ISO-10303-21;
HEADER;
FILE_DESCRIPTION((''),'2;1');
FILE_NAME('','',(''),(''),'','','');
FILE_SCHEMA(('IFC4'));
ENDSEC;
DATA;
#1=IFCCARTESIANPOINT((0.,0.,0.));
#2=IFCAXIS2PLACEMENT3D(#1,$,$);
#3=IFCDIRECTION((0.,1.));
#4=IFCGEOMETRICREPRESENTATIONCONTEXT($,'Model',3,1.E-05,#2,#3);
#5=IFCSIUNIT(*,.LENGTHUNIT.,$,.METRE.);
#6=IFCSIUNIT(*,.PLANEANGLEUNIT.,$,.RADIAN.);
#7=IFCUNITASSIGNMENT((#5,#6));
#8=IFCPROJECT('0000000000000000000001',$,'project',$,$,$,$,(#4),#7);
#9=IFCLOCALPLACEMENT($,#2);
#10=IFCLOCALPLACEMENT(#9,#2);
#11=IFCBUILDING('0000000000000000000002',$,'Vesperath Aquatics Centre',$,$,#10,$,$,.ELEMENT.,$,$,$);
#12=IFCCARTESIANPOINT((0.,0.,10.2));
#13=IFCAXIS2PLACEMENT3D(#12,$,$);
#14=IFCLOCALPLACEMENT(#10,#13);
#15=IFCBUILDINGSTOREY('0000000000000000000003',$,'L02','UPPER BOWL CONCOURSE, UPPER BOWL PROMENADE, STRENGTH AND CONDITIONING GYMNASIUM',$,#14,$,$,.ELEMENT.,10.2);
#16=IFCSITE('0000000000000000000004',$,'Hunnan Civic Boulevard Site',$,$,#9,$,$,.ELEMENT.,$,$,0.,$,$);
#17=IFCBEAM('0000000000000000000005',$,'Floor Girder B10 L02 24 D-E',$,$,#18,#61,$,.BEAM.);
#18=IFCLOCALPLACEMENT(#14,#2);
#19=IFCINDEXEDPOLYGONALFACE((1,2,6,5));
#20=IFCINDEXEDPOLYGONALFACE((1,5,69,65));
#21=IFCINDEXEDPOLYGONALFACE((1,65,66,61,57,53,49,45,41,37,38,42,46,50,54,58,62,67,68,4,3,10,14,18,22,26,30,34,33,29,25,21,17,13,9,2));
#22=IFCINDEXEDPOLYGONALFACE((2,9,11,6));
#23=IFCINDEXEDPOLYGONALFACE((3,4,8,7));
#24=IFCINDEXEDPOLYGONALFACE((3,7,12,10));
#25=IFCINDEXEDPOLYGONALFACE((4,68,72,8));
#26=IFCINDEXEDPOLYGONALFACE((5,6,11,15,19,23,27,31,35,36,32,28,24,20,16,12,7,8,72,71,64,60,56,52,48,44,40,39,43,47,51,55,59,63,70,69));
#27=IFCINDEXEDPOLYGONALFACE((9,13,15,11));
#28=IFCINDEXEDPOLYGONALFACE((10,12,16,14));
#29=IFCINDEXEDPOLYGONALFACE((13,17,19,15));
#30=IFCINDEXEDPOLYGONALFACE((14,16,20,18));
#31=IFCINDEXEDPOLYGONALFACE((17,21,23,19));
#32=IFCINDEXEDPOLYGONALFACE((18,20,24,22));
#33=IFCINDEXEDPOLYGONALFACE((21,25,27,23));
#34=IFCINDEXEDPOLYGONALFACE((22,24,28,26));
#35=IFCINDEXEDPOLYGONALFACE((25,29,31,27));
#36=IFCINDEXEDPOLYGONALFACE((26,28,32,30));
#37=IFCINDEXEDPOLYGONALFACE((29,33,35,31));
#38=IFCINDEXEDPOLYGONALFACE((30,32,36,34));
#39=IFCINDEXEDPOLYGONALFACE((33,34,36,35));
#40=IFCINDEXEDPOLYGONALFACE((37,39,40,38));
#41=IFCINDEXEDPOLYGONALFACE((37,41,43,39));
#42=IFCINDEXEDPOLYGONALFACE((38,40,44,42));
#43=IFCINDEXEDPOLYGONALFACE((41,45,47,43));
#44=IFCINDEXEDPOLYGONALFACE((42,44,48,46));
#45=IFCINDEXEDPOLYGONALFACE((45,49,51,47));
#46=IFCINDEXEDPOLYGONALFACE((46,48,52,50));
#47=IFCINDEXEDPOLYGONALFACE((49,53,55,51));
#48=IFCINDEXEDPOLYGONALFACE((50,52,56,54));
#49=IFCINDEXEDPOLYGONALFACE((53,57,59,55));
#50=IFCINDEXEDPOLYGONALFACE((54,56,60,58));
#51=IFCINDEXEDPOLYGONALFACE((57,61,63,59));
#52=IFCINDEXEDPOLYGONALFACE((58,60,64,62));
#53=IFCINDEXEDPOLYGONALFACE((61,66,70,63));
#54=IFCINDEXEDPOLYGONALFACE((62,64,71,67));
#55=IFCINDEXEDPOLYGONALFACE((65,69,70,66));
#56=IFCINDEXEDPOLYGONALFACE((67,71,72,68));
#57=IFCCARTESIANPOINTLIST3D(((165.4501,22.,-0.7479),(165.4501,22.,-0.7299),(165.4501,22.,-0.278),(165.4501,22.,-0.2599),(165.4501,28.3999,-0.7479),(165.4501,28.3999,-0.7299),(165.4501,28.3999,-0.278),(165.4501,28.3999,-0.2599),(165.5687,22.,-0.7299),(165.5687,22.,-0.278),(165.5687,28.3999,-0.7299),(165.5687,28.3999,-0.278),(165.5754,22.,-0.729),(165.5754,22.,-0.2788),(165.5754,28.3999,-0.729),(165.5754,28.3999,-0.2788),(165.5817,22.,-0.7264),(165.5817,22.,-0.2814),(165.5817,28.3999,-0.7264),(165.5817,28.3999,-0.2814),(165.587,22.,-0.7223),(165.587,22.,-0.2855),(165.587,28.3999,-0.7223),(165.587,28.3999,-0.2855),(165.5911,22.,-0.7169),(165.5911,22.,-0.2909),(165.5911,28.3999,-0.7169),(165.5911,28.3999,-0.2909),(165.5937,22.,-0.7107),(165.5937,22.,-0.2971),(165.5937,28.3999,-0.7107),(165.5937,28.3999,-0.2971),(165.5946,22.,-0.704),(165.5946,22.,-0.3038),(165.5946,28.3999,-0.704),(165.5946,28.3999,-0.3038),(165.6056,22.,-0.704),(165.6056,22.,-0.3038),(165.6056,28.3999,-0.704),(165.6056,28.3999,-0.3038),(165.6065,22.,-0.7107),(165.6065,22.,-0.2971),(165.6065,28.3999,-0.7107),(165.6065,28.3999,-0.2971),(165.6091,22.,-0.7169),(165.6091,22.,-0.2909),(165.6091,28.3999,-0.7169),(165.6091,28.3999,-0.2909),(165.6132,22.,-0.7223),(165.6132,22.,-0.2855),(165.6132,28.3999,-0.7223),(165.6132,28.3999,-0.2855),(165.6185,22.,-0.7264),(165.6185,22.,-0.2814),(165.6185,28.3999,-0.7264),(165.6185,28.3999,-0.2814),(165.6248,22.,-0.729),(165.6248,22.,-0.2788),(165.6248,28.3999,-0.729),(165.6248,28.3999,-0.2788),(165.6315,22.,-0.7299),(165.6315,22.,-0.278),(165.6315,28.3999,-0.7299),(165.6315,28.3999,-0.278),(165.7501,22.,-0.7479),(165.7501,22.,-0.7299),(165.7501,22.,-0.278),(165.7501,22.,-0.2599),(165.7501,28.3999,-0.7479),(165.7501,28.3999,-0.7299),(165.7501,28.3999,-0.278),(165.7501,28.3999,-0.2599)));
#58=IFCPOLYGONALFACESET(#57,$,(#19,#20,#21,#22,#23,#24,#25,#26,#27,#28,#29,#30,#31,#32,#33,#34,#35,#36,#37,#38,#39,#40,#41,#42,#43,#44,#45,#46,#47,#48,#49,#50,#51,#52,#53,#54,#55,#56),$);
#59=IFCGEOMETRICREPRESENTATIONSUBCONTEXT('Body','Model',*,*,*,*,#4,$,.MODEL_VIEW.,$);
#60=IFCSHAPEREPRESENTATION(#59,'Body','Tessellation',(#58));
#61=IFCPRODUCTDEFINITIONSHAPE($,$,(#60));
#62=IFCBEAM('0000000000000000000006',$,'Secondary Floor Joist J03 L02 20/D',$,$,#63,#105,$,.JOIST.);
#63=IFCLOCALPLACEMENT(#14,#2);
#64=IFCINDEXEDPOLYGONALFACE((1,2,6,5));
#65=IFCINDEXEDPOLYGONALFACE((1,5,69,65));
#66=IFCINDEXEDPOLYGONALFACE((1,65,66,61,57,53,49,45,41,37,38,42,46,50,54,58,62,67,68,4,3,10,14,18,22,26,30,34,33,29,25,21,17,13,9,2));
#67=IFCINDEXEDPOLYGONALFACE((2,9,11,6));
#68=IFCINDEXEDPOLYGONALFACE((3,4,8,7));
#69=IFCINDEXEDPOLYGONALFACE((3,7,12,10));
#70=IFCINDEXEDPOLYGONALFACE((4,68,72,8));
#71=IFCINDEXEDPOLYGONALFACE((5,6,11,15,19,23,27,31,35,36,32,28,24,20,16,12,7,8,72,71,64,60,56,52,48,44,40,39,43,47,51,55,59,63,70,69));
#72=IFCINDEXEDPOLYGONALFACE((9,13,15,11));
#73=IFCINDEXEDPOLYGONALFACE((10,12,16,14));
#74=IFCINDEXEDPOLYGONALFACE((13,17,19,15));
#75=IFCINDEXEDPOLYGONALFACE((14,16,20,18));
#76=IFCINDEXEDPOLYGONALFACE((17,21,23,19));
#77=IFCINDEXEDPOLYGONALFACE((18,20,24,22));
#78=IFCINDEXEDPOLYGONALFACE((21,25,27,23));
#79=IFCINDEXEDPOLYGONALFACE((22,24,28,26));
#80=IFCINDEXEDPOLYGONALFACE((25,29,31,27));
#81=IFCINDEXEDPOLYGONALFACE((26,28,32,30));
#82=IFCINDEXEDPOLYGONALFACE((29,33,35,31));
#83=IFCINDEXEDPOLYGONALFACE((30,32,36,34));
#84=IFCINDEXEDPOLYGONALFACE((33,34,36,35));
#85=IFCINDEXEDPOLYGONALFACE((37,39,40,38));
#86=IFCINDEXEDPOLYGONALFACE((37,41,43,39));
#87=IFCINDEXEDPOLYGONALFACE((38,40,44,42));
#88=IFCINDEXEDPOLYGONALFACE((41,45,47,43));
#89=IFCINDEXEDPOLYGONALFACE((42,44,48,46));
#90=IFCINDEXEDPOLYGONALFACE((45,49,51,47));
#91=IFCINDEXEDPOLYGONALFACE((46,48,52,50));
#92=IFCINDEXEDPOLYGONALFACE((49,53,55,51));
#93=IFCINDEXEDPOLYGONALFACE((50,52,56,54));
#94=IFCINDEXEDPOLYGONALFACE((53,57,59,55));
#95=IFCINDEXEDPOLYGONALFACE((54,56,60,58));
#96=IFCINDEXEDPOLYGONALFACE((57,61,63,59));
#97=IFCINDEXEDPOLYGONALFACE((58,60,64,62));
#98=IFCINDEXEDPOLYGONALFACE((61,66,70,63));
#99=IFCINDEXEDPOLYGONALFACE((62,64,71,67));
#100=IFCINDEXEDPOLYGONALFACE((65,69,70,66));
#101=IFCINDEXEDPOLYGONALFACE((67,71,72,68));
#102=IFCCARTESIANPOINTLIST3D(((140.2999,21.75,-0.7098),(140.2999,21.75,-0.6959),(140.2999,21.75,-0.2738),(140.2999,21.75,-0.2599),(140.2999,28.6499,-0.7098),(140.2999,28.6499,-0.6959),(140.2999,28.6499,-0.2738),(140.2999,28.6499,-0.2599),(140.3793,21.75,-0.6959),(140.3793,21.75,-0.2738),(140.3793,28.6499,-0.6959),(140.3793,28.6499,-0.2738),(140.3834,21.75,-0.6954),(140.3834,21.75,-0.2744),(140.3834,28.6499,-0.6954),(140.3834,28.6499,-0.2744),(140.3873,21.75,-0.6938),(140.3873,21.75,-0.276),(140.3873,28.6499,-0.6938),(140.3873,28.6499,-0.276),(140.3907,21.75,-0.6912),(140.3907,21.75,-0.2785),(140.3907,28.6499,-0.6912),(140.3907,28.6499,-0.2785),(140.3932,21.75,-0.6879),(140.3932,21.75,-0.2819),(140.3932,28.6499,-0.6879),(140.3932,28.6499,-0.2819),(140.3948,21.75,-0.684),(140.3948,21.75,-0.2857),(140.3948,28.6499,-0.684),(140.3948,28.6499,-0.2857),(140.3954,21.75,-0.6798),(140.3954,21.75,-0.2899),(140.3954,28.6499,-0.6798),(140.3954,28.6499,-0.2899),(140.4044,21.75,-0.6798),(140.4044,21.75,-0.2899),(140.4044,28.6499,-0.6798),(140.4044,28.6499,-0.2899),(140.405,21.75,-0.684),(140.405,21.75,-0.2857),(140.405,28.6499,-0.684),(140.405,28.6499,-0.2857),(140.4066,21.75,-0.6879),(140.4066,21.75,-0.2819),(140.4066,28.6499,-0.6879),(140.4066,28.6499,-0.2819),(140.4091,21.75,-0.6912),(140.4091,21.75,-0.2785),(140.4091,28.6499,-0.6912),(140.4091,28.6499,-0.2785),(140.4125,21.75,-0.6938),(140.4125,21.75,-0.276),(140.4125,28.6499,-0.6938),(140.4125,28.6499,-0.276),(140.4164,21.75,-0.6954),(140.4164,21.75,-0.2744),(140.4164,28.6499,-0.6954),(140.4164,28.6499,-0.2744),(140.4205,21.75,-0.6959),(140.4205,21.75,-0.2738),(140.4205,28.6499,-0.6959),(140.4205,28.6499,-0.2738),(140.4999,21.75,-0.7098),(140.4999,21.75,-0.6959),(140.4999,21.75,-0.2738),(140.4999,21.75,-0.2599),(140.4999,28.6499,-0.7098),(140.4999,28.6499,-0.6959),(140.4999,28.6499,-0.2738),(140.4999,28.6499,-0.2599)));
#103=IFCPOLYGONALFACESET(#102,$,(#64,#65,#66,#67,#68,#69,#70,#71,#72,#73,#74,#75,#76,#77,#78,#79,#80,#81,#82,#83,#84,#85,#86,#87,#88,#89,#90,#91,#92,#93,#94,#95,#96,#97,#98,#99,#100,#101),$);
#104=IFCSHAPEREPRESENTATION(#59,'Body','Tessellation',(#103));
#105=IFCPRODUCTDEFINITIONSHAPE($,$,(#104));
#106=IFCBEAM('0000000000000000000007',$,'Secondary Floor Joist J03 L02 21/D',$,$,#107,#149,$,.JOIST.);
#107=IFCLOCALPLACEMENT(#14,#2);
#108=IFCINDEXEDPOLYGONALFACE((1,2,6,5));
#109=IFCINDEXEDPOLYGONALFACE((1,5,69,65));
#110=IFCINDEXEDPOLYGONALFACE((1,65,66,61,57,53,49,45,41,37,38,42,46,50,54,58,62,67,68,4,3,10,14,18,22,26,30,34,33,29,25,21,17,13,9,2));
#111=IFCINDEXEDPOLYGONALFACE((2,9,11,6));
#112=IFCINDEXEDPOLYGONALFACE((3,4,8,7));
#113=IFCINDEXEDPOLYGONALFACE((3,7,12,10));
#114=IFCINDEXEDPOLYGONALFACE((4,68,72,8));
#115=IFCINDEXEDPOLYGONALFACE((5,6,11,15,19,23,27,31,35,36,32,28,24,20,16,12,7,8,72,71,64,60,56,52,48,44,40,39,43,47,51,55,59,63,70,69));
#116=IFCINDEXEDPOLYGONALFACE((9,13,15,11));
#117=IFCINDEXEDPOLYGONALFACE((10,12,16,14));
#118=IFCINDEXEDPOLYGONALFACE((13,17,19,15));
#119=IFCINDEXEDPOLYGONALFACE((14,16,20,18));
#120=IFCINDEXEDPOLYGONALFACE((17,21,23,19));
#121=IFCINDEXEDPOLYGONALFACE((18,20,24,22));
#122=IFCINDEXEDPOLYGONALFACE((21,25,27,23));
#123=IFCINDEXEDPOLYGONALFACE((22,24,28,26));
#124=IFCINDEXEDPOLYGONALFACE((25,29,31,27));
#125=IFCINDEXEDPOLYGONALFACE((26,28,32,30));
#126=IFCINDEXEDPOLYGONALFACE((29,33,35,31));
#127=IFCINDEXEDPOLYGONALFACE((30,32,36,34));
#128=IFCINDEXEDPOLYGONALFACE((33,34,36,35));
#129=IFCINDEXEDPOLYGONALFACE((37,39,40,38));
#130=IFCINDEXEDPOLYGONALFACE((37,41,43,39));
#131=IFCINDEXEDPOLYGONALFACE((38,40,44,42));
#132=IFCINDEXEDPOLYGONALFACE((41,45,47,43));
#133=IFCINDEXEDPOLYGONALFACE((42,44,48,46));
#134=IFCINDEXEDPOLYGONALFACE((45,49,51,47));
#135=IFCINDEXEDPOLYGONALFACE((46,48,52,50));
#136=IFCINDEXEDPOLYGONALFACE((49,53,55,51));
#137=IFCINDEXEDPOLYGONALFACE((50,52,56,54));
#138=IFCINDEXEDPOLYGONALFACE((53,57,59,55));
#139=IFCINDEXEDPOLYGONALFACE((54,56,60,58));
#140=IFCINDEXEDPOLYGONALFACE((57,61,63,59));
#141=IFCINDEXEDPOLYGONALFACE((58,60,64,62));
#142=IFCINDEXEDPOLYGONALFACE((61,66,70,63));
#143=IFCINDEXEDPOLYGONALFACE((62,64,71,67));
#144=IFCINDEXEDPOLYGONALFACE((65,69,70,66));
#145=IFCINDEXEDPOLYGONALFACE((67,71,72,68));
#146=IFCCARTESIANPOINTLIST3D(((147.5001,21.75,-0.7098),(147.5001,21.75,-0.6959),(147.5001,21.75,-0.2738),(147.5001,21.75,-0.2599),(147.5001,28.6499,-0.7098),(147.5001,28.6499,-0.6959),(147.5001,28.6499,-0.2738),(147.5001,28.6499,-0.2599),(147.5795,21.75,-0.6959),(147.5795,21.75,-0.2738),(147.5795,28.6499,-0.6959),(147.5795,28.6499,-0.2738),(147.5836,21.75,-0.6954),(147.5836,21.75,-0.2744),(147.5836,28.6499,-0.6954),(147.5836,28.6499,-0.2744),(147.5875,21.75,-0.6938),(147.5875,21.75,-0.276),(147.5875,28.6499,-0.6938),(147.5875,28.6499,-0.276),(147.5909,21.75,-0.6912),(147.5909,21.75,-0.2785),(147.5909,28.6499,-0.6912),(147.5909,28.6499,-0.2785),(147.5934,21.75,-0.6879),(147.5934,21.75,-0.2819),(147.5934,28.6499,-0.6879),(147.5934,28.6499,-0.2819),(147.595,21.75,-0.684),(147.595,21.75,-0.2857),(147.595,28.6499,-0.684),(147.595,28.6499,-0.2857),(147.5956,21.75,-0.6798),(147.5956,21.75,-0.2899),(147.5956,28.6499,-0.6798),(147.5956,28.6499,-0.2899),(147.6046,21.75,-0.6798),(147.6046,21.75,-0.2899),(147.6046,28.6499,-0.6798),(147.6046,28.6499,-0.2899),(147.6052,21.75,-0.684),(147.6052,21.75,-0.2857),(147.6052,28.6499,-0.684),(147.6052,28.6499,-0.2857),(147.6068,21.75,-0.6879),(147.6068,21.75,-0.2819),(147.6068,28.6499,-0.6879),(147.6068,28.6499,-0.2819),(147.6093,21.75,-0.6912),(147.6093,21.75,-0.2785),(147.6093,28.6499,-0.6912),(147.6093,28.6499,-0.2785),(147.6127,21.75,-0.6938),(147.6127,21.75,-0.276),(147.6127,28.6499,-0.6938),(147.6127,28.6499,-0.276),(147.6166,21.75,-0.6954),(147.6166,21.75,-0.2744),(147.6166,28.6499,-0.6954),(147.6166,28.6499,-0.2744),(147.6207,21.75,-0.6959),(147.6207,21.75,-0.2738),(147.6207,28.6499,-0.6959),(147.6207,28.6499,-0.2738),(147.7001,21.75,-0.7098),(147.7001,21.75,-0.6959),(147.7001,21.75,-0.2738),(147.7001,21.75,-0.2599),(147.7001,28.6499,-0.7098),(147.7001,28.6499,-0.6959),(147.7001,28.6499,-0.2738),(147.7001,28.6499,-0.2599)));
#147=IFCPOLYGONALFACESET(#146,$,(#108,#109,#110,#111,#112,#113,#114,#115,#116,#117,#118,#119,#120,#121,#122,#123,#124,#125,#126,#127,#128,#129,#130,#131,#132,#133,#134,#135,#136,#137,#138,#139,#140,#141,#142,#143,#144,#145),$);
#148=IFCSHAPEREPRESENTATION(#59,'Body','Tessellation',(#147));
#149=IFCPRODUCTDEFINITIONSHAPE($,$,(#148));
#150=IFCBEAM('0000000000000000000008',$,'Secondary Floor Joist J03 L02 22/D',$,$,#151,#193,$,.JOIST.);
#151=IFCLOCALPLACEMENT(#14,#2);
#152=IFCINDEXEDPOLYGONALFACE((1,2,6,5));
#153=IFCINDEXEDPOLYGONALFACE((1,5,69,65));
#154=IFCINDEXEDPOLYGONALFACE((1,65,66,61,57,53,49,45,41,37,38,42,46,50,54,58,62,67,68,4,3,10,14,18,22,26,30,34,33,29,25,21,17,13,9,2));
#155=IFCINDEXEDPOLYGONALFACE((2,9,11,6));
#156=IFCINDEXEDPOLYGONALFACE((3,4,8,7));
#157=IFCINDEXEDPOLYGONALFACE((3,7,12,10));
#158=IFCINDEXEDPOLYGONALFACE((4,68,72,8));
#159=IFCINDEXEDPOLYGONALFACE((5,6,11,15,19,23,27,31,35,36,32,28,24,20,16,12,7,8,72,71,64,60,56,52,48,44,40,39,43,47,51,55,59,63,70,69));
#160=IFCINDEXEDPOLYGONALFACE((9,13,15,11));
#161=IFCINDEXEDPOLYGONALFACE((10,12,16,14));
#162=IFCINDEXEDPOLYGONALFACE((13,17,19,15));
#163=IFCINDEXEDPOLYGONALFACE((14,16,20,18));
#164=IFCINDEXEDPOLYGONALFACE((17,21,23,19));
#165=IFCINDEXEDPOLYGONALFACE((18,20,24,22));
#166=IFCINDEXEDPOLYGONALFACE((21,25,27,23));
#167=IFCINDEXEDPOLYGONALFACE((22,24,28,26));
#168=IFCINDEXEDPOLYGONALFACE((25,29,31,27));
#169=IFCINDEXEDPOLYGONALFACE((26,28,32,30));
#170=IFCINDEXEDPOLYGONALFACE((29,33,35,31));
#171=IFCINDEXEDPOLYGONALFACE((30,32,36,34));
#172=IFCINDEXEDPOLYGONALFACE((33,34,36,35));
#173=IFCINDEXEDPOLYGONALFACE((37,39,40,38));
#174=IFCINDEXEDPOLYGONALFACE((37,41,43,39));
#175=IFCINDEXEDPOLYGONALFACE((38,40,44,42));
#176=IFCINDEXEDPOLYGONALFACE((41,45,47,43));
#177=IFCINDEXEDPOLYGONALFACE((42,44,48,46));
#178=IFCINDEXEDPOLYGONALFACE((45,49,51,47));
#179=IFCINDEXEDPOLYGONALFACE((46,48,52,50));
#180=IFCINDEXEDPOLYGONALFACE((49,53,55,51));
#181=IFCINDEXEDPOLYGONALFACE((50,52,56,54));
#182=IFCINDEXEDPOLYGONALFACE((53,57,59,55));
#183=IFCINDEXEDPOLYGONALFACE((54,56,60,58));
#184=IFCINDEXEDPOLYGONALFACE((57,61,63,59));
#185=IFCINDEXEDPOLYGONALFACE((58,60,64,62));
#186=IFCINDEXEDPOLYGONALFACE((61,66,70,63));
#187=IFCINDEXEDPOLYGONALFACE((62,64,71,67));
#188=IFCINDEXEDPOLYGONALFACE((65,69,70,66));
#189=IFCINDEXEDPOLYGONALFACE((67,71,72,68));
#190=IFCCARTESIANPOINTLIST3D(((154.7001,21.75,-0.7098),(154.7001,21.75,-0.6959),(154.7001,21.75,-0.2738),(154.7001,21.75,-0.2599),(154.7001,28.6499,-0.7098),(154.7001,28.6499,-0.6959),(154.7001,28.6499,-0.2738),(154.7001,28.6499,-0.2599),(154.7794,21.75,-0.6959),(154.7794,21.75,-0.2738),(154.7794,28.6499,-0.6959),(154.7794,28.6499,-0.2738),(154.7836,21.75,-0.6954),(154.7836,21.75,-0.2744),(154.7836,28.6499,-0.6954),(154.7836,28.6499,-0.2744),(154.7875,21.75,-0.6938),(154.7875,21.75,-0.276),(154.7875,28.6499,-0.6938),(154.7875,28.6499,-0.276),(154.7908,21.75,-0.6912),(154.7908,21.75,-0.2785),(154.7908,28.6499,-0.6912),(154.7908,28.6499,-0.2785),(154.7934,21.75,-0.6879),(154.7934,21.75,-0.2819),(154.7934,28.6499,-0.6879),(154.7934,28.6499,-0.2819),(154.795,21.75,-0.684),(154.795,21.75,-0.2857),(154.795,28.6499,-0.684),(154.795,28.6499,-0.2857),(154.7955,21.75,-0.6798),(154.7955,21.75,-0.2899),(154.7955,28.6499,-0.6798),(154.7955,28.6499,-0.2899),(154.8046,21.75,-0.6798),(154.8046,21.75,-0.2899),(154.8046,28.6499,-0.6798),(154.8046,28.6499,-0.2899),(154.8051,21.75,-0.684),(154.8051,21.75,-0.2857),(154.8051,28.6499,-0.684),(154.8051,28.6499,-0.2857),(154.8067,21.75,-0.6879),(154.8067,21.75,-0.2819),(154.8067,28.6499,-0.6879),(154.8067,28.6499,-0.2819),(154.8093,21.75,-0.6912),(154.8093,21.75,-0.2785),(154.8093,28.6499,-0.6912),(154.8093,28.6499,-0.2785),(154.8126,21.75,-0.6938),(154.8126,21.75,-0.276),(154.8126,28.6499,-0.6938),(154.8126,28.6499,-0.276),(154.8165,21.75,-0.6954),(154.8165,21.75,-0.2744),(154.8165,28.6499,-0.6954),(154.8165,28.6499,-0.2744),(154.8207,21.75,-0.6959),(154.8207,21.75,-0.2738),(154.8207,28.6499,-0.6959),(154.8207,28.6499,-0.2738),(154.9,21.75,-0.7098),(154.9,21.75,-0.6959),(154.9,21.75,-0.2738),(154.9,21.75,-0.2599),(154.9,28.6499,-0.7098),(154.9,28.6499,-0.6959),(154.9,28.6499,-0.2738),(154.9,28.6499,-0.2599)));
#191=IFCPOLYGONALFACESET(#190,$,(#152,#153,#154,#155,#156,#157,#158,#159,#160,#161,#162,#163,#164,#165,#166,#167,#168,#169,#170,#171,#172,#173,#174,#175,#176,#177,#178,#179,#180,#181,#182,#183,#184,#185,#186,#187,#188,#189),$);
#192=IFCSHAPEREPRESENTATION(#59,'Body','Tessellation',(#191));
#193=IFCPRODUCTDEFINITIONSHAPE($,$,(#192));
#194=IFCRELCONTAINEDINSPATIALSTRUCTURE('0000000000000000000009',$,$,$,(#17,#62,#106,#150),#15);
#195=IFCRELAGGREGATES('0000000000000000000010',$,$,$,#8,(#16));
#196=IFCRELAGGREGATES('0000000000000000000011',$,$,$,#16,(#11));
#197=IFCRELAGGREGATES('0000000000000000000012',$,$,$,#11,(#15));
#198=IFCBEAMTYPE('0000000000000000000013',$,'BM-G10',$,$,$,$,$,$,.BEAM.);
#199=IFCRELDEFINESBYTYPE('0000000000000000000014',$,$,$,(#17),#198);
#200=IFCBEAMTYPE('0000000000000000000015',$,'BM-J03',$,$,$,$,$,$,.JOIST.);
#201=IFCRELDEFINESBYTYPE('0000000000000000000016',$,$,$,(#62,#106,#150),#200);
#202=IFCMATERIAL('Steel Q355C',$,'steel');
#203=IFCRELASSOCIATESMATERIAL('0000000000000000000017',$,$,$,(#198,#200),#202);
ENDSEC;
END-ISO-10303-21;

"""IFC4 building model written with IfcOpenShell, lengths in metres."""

from ifc_helpers import new_model, si_unit, direction, frame, origin, origin_2d, place, context, subcontext, project, spatial, i_section, extrude, material, material_profile, profile_set, type_object, element, save


model = new_model("IFC4")

# Units and contexts
model_context = context("Model", 3, precision=1e-05, world=origin(), true_north=direction((0.0, 1.0)))
body_context = subcontext(model_context, "Body", "Model", "MODEL_VIEW")
ifc_project = project(units=[si_unit("LENGTHUNIT", "METRE"), si_unit("PLANEANGLEUNIT", "RADIAN")], contexts=[model_context])

# Site, building, storey
site_placement = place(None, origin())
site = spatial("IfcSite", under=ifc_project, at=site_placement, Name="Hunnan Civic Boulevard Site", CompositionType="ELEMENT", RefElevation=0.0)
building_placement = place(site_placement, origin())
building = spatial("IfcBuilding", under=site, at=building_placement, Name="Vesperath Aquatics Centre", CompositionType="ELEMENT")
storey_placement = place(building_placement, frame((0.0, 0.0, 10.2)))
storey = spatial("IfcBuildingStorey", under=building, at=storey_placement, Name="L02", Description="UPPER BOWL CONCOURSE, UPPER BOWL PROMENADE, STRENGTH AND CONDITIONING GYMNASIUM", CompositionType="ELEMENT", Elevation=10.2)

# Beams
ifc_material_1 = material(Name="Steel Q355C", Category="steel")
ifc_material_profile_1 = material_profile(ifc_material_1, i_section(OverallWidth=0.3, OverallDepth=0.488, WebThickness=0.011, FlangeThickness=0.0181, FilletRadius=0.0259, at=origin_2d()), Name="HM 488x300x11x18")
ifc_profile_set_1 = profile_set([ifc_material_profile_1], Name="Steel Q355C")
beam_type_1 = type_object("IfcBeamType", Name="BM-G10", PredefinedType="BEAM", material=ifc_profile_set_1)
for number, where, z_axis, x_axis, name in (
    (1, (165.6001, 22.0, -0.5039), (0.0, 1.0, 0.0), (-1.0, 0.0, 0.0), "Floor Girder B10 L02 24 D-E"),
):
    element("IfcBeam", number, at=place(storey_placement, frame(where, z_axis=z_axis, x_axis=x_axis)), inside=storey, type_object=beam_type_1, Name=name, PredefinedType="BEAM", context=body_context, shape_type="SweptSolid", body=[
        extrude(i_section(OverallWidth=0.3, OverallDepth=0.488, WebThickness=0.011, FlangeThickness=0.0181, FilletRadius=0.0259, at=origin_2d()), origin(), (0.0, 0.0, 1.0), 6.3999),
    ])
ifc_material_profile_2 = material_profile(ifc_material_1, i_section(OverallWidth=0.2, OverallDepth=0.45, WebThickness=0.009, FlangeThickness=0.0139, FilletRadius=0.0161, at=origin_2d()), Name="HN 450x200x9x14")
ifc_profile_set_2 = profile_set([ifc_material_profile_2], Name="Steel Q355C")
beam_type_2 = type_object("IfcBeamType", Name="BM-J03", PredefinedType="JOIST", material=ifc_profile_set_2)
for number, where, z_axis, x_axis, name in (
    (2, (140.3999, 21.75, -0.4849), (0.0, 1.0, 0.0), (-1.0, 0.0, 0.0), "Secondary Floor Joist J03 L02 20/D"),
    (3, (147.6001, 21.75, -0.4849), (0.0, 1.0, 0.0), (-1.0, 0.0, 0.0), "Secondary Floor Joist J03 L02 21/D"),
    (4, (154.8, 21.75, -0.4849), (0.0, 1.0, 0.0), (-1.0, 0.0, 0.0), "Secondary Floor Joist J03 L02 22/D"),
):
    element("IfcBeam", number, at=place(storey_placement, frame(where, z_axis=z_axis, x_axis=x_axis)), inside=storey, type_object=beam_type_2, Name=name, PredefinedType="JOIST", context=body_context, shape_type="SweptSolid", body=[
        extrude(i_section(OverallWidth=0.2, OverallDepth=0.45, WebThickness=0.009, FlangeThickness=0.0139, FilletRadius=0.0161, at=origin_2d()), origin(), (0.0, 0.0, 1.0), 6.8999),
    ])

save(model, "model.ifc")
